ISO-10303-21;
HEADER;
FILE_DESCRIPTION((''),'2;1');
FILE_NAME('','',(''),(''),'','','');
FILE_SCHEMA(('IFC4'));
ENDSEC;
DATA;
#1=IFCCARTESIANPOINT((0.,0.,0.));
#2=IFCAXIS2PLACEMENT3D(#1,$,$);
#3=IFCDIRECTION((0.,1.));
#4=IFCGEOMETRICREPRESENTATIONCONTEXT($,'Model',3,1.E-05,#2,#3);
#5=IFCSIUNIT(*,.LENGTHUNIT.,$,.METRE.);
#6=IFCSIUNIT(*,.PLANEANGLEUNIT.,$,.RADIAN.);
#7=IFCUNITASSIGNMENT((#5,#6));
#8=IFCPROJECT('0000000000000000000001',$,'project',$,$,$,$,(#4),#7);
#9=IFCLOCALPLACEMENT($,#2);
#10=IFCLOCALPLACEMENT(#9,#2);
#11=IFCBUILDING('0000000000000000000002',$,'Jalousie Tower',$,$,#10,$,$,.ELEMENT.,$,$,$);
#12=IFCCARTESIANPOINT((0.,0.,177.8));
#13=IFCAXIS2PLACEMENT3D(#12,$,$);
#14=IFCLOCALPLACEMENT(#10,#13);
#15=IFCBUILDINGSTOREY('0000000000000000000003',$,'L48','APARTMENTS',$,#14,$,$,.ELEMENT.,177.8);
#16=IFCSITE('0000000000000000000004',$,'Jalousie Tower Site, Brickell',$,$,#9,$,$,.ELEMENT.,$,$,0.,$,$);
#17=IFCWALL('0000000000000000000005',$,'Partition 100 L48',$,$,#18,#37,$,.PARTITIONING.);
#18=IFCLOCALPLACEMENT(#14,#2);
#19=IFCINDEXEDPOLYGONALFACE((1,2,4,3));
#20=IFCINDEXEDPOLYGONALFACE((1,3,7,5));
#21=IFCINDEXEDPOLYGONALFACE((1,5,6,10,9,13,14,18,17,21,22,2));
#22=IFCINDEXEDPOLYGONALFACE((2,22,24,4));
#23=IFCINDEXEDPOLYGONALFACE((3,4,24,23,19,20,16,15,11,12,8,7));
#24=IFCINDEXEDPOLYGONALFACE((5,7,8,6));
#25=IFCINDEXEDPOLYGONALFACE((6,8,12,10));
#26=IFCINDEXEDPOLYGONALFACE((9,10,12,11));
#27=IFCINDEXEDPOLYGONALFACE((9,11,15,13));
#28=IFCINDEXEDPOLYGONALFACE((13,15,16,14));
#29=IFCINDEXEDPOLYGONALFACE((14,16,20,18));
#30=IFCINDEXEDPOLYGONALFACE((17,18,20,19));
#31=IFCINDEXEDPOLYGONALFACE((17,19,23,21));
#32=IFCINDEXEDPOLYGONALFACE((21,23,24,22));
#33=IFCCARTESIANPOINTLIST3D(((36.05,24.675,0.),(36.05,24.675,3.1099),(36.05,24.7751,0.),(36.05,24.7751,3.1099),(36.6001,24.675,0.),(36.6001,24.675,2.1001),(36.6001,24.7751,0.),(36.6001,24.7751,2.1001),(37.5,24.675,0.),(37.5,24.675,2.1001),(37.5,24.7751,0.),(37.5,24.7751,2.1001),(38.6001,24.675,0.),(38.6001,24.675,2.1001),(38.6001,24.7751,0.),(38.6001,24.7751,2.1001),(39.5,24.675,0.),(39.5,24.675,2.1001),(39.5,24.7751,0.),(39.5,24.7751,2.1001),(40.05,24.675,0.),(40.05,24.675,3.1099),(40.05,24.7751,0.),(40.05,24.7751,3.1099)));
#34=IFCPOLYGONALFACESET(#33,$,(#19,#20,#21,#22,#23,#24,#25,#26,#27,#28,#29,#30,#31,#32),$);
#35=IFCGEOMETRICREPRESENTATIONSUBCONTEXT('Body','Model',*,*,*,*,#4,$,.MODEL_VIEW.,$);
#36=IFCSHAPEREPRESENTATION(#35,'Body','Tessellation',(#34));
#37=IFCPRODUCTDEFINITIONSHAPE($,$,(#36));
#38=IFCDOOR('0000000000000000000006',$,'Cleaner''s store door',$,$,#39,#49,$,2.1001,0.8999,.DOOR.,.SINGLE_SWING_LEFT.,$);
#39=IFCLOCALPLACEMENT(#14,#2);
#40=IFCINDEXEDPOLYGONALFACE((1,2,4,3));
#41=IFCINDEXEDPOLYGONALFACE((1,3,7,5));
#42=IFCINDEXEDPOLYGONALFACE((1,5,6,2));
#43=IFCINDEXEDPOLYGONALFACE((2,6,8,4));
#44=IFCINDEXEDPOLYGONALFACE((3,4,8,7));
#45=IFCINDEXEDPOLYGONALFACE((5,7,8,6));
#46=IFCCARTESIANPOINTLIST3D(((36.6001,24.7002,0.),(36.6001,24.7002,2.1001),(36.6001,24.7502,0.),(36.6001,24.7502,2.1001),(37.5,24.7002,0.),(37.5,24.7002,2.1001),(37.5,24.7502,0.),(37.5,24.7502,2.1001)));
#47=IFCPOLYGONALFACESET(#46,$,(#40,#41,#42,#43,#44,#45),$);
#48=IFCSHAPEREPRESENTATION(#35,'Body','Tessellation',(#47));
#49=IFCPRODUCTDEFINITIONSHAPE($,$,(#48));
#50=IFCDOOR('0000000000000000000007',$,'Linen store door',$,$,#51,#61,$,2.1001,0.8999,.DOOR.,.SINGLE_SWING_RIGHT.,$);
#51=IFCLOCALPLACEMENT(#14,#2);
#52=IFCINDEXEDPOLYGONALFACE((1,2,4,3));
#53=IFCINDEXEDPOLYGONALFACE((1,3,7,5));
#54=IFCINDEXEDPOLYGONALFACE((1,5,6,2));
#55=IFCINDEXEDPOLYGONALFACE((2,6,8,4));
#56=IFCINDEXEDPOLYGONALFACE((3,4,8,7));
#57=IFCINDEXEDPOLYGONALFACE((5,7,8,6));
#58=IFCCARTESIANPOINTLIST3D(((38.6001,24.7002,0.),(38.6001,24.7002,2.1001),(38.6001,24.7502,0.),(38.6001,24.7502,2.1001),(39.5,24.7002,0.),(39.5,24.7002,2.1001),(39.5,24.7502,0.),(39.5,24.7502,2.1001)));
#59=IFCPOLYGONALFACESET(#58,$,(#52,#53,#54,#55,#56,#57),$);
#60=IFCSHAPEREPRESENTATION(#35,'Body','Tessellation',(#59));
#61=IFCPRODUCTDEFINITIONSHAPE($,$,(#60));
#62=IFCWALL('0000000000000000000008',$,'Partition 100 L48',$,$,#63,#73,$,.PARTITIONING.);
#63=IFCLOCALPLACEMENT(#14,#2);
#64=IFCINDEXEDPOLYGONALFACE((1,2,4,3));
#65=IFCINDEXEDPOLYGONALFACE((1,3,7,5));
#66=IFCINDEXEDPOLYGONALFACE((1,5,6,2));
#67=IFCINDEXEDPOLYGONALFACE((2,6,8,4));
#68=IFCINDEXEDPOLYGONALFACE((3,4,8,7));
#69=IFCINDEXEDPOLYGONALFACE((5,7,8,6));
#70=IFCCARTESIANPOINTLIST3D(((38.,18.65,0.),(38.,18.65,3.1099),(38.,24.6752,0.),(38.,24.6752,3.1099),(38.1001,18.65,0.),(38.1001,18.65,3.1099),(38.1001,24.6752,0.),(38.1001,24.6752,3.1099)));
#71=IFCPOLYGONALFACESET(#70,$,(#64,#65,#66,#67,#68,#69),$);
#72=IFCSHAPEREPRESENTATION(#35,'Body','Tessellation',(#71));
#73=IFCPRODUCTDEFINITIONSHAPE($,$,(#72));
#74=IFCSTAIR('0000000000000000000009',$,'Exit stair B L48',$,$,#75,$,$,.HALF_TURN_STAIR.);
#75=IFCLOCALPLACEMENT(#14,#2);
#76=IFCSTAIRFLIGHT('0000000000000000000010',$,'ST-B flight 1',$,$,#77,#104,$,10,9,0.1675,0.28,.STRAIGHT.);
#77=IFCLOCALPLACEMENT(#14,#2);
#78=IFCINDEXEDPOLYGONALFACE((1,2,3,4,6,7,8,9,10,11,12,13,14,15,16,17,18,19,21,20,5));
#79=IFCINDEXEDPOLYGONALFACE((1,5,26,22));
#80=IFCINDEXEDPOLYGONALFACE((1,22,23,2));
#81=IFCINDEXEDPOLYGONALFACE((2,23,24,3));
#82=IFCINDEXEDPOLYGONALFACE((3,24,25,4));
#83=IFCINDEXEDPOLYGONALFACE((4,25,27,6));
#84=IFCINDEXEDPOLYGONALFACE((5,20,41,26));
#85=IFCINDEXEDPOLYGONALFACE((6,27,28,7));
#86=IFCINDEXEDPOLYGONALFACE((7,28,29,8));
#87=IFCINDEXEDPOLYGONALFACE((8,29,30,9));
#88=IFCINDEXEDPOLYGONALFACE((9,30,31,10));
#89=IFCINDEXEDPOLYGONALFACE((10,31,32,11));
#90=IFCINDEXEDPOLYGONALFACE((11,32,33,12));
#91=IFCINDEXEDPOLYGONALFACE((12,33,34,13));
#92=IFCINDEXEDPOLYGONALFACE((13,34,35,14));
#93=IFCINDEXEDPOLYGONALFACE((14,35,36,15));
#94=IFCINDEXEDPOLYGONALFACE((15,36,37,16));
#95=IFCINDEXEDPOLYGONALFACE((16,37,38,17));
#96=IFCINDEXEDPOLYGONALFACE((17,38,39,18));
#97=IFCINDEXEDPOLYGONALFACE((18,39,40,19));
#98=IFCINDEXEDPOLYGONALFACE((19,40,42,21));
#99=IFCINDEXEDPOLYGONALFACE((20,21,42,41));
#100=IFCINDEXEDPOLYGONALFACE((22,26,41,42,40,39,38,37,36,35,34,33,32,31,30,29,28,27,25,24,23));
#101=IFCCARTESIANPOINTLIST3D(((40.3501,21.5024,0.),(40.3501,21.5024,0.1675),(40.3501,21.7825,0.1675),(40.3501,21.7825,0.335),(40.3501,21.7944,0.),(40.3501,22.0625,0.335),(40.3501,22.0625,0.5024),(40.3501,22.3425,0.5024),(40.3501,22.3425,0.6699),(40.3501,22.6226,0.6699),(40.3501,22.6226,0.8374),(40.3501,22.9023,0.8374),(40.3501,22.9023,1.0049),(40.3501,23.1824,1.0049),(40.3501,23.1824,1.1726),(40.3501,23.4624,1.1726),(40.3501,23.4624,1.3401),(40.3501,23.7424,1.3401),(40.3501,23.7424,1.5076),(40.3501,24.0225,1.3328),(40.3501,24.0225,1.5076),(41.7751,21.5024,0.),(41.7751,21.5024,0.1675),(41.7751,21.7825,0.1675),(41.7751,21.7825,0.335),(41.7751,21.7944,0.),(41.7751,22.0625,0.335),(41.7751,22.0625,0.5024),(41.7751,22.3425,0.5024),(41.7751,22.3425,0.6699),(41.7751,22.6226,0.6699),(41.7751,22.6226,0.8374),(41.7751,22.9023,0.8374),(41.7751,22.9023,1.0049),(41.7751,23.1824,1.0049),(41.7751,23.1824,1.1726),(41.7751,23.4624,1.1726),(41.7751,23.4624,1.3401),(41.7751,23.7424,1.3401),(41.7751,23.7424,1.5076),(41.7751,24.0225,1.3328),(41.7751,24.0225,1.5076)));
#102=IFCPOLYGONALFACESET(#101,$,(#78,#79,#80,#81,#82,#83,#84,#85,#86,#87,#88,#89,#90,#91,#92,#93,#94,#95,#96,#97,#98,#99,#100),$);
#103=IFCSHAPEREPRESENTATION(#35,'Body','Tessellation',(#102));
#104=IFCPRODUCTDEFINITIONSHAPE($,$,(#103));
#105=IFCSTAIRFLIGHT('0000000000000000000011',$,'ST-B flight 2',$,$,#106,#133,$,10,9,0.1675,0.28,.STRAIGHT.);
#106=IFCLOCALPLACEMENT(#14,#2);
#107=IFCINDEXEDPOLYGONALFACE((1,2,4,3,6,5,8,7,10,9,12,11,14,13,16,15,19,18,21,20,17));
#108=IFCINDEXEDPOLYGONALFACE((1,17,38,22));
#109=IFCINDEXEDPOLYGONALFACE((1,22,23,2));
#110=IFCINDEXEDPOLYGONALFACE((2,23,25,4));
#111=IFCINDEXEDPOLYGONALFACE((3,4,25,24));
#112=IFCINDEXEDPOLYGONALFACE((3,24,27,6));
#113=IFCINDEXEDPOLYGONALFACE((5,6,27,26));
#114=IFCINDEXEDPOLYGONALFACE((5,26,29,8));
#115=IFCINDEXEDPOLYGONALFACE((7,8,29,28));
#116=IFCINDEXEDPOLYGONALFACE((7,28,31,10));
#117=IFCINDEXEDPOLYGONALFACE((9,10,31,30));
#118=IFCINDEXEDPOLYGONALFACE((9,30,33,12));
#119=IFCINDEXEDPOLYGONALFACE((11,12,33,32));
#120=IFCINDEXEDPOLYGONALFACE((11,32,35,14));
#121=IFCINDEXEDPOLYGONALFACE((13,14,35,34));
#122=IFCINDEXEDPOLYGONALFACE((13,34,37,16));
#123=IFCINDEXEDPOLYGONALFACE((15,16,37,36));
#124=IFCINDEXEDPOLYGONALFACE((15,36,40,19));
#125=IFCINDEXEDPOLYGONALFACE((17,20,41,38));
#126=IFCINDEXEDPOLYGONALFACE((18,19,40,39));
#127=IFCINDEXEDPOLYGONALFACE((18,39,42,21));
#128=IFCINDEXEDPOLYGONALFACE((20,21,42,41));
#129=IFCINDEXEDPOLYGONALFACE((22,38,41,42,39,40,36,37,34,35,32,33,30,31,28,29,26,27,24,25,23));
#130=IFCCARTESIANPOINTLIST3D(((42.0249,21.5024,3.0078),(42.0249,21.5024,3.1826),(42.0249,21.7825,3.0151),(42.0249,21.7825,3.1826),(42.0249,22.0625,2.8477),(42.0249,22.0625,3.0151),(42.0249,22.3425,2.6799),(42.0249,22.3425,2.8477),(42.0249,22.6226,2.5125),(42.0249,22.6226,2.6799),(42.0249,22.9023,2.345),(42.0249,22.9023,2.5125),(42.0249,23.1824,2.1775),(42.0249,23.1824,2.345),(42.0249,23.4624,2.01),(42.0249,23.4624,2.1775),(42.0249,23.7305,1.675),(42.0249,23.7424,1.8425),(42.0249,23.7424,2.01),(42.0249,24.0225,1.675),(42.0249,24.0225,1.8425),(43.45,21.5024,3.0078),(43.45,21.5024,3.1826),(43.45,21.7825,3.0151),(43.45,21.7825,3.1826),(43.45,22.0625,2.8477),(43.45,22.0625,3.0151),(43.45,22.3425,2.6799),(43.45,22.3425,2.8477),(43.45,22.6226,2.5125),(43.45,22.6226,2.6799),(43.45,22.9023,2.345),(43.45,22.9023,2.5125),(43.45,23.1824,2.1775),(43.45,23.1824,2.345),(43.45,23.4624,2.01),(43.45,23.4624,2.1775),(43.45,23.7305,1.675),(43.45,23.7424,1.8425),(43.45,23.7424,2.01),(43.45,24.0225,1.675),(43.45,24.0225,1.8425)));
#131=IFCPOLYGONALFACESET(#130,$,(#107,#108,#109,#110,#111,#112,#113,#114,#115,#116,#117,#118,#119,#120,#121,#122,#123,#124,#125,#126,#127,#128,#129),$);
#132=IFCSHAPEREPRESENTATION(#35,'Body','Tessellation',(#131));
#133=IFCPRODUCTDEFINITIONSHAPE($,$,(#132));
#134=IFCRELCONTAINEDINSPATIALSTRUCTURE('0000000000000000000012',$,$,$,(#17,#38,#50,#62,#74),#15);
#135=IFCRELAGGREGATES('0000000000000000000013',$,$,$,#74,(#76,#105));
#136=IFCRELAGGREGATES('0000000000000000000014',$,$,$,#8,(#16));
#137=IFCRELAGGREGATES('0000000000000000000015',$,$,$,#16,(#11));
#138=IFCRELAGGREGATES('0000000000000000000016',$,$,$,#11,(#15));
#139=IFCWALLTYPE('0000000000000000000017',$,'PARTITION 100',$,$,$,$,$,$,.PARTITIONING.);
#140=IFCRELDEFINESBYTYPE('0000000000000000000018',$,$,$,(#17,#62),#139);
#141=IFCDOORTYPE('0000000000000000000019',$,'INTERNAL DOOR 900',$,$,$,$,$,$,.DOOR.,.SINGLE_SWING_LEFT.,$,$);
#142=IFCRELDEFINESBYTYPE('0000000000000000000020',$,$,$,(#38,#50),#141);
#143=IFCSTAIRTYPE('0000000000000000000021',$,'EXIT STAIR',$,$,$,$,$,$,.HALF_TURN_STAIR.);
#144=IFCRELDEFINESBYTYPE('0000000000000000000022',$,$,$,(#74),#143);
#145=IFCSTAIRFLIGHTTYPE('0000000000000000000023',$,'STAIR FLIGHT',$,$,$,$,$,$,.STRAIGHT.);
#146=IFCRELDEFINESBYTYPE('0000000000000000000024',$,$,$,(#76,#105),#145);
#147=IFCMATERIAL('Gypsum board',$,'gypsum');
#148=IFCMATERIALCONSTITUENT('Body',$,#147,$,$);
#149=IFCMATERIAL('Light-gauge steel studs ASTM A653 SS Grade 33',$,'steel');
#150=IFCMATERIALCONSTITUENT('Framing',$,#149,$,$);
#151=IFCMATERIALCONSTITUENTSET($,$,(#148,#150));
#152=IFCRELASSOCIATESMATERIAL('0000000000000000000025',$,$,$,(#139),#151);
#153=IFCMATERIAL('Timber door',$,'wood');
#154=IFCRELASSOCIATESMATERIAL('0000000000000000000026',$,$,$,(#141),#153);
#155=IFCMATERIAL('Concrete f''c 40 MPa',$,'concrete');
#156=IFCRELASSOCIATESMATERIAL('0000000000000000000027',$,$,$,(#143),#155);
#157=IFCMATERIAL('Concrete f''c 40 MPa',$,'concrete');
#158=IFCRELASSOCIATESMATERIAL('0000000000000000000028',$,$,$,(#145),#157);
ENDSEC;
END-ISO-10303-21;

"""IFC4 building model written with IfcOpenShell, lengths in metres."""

from ifc_helpers import new_model, si_unit, direction, frame, frame_2d, origin, place, context, subcontext, project, spatial, polyline, rectangle, outline, extrude, material, constituent, constituent_set, type_object, element, fill, aggregate, save


model = new_model("IFC4")

# Units and contexts
model_context = context("Model", 3, precision=1e-05, world=origin(), true_north=direction((0.0, 1.0)))
body_context = subcontext(model_context, "Body", "Model", "MODEL_VIEW")
ifc_project = project(units=[si_unit("LENGTHUNIT", "METRE"), si_unit("PLANEANGLEUNIT", "RADIAN")], contexts=[model_context])

# Site, building, storey
site_placement = place(None, origin())
site = spatial("IfcSite", under=ifc_project, at=site_placement, Name="Jalousie Tower Site, Brickell", CompositionType="ELEMENT", RefElevation=0.0)
building_placement = place(site_placement, origin())
building = spatial("IfcBuilding", under=site, at=building_placement, Name="Jalousie Tower", CompositionType="ELEMENT")
storey_placement = place(building_placement, frame((0.0, 0.0, 177.8)))
storey = spatial("IfcBuildingStorey", under=building, at=storey_placement, Name="L48", Description="APARTMENTS", CompositionType="ELEMENT", Elevation=177.8)

# Shared definitions
ifc_material_1 = material(Name="Gypsum board", Category="gypsum")
ifc_constituent_1 = constituent(ifc_material_1, Name="Body")
ifc_material_2 = material(Name="Light-gauge steel studs ASTM A653 SS Grade 33", Category="steel")
ifc_constituent_2 = constituent(ifc_material_2, Name="Framing")
ifc_constituent_set_1 = constituent_set(constituents=[ifc_constituent_1, ifc_constituent_2])
wall_type_1 = type_object("IfcWallType", Name="PARTITION 100", PredefinedType="PARTITIONING", material=ifc_constituent_set_1)
ifc_material_3 = material(Name="Timber door", Category="wood")
door_type_1 = type_object("IfcDoorType", Name="INTERNAL DOOR 900", OperationType="SINGLE_SWING_LEFT", PredefinedType="DOOR", material=ifc_material_3)

# Wall, openings, doors
wall_1_placement = place(storey_placement, frame((36.05, 24.7251, 0.0), z_axis=(0.0, 0.0, 1.0), x_axis=(1.0, 0.0, 0.0)))
wall_1 = element("IfcWall", 1, at=wall_1_placement, inside=storey, type_object=wall_type_1, Name="Partition 100 L48", PredefinedType="PARTITIONING", context=body_context, shape_type="SweptSolid", body=[
    extrude(rectangle(XDim=4.0, YDim=0.1001, at=frame_2d((2.0, 0.0))), origin(), (0.0, 0.0, 1.0), 3.1099),
])
opening_1_placement = place(wall_1_placement, frame((0.55, 0.0, 0.0)))
opening_1 = element("IfcOpeningElement", 2, at=opening_1_placement, cuts=wall_1, PredefinedType="OPENING", context=body_context, shape_type="SweptSolid", body=[
    extrude(rectangle(XDim=0.8999, YDim=2.1001, at=frame_2d((0.45, 1.05))), frame((0.0, 0.0601, 0.0), z_axis=(0.0, -1.0, 0.0), x_axis=(1.0, 0.0, 0.0)), (0.0, 0.0, 1.0), 0.1201),
])
opening_2_placement = place(wall_1_placement, frame((2.55, 0.0, 0.0)))
opening_2 = element("IfcOpeningElement", 3, at=opening_2_placement, cuts=wall_1, PredefinedType="OPENING", context=body_context, shape_type="SweptSolid", body=[
    extrude(rectangle(XDim=0.8999, YDim=2.1001, at=frame_2d((0.45, 1.05))), frame((0.0, 0.0601, 0.0), z_axis=(0.0, -1.0, 0.0), x_axis=(1.0, 0.0, 0.0)), (0.0, 0.0, 1.0), 0.1201),
])
door_1_placement = place(opening_1_placement, frame((0.8999, 0.0, 0.0), z_axis=(0.0, 0.0, 1.0), x_axis=(-1.0, 0.0, 0.0)))
door_1 = element("IfcDoor", 4, at=door_1_placement, inside=storey, type_object=door_type_1, Name="Cleaner's store door", OperationType="SINGLE_SWING_LEFT", OverallHeight=2.1001, OverallWidth=0.8999, PredefinedType="DOOR", context=body_context, shape_type="SweptSolid", body=[
    extrude(rectangle(XDim=0.8999, YDim=2.1001, at=frame_2d((0.45, 1.05))), frame((0.0, 0.0249, 0.0), z_axis=(0.0, -1.0, 0.0), x_axis=(1.0, 0.0, 0.0)), (0.0, 0.0, 1.0), 0.05),
])
fill(opening_1, door_1)
door_2_placement = place(opening_2_placement, frame((0.8999, 0.0, 0.0), z_axis=(0.0, 0.0, 1.0), x_axis=(-1.0, 0.0, 0.0)))
door_2 = element("IfcDoor", 5, at=door_2_placement, inside=storey, type_object=door_type_1, Name="Linen store door", OperationType="SINGLE_SWING_RIGHT", OverallHeight=2.1001, OverallWidth=0.8999, PredefinedType="DOOR", context=body_context, shape_type="SweptSolid", body=[
    extrude(rectangle(XDim=0.8999, YDim=2.1001, at=frame_2d((0.45, 1.05))), frame((0.0, 0.0249, 0.0), z_axis=(0.0, -1.0, 0.0), x_axis=(1.0, 0.0, 0.0)), (0.0, 0.0, 1.0), 0.05),
])
fill(opening_2, door_2)

# Wall
wall_2_placement = place(storey_placement, frame((38.05, 18.6499, 0.0), z_axis=(0.0, 0.0, 1.0), x_axis=(0.0, 1.0, 0.0)))
element("IfcWall", 6, at=wall_2_placement, inside=storey, type_object=wall_type_1, Name="Partition 100 L48", PredefinedType="PARTITIONING", context=body_context, shape_type="SweptSolid", body=[
    extrude(rectangle(XDim=6.0251, YDim=0.1001, at=frame_2d((3.0127, 0.0))), origin(), (0.0, 0.0, 1.0), 3.1099),
])

# Stair, stair flights
ifc_material_4 = material(Name="Concrete f'c 40 MPa", Category="concrete")
stair_type = type_object("IfcStairType", Name="EXIT STAIR", PredefinedType="HALF_TURN_STAIR", material=ifc_material_4)
stair_placement = place(storey_placement, origin())
stair = element("IfcStair", 7, at=stair_placement, inside=storey, type_object=stair_type, Name="Exit stair B L48", PredefinedType="HALF_TURN_STAIR")
ifc_material_5 = material(Name="Concrete f'c 40 MPa", Category="concrete")
stair_flight_type = type_object("IfcStairFlightType", Name="STAIR FLIGHT", PredefinedType="STRAIGHT", material=ifc_material_5)
stair_flight_1_placement = place(storey_placement, frame((41.0625, 21.5024, 0.0), z_axis=(0.0, 0.0, 1.0), x_axis=(0.0, 1.0, 0.0)))
stair_flight_1 = element("IfcStairFlight", 8, at=stair_flight_1_placement, type_object=stair_flight_type, Name="ST-B flight 1", NumberOfRisers=10, NumberOfTreads=9, PredefinedType="STRAIGHT", RiserHeight=0.1675, TreadLength=0.28, context=body_context, shape_type="SweptSolid", body=[
    extrude(outline(polyline([(0.0, 0.0), (0.0, 0.1675), (0.28, 0.1675), (0.28, 0.335), (0.5601, 0.335), (0.5601, 0.5024), (0.8401, 0.5024), (0.8401, 0.6699), (1.1201, 0.6699), (1.1201, 0.8374), (1.3999, 0.8374), (1.3999, 1.0049), (1.6799, 1.0049), (1.6799, 1.1726), (1.96, 1.1726), (1.96, 1.3401), (2.24, 1.3401), (2.24, 1.5076), (2.52, 1.5076), (2.52, 1.675), (2.52, 1.3328), (0.292, 0.0), (0.0, 0.0)])), frame((0.0, 0.7124, 0.0), z_axis=(0.0, -1.0, 0.0), x_axis=(1.0, 0.0, 0.0)), (0.0, 0.0, 1.0), 1.425),
])
stair_flight_2_placement = place(storey_placement, frame((42.7375, 24.0225, 1.675), z_axis=(0.0, 0.0, 1.0), x_axis=(0.0, -1.0, 0.0)))
stair_flight_2 = element("IfcStairFlight", 9, at=stair_flight_2_placement, type_object=stair_flight_type, Name="ST-B flight 2", NumberOfRisers=10, NumberOfTreads=9, PredefinedType="STRAIGHT", RiserHeight=0.1675, TreadLength=0.28, context=body_context, shape_type="SweptSolid", body=[
    extrude(outline(polyline([(0.0, 0.0), (0.0, 0.1675), (0.28, 0.1675), (0.28, 0.335), (0.5601, 0.335), (0.5601, 0.5024), (0.8401, 0.5024), (0.8401, 0.6699), (1.1201, 0.6699), (1.1201, 0.8374), (1.3999, 0.8374), (1.3999, 1.0049), (1.6799, 1.0049), (1.6799, 1.1726), (1.96, 1.1726), (1.96, 1.3401), (2.24, 1.3401), (2.24, 1.5076), (2.52, 1.5076), (2.52, 1.675), (2.52, 1.3328), (0.292, 0.0), (0.0, 0.0)])), frame((0.0, 0.7124, 0.0), z_axis=(0.0, -1.0, 0.0), x_axis=(1.0, 0.0, 0.0)), (0.0, 0.0, 1.0), 1.425),
])
aggregate(stair, [stair_flight_1, stair_flight_2])

save(model, "model.ifc")
